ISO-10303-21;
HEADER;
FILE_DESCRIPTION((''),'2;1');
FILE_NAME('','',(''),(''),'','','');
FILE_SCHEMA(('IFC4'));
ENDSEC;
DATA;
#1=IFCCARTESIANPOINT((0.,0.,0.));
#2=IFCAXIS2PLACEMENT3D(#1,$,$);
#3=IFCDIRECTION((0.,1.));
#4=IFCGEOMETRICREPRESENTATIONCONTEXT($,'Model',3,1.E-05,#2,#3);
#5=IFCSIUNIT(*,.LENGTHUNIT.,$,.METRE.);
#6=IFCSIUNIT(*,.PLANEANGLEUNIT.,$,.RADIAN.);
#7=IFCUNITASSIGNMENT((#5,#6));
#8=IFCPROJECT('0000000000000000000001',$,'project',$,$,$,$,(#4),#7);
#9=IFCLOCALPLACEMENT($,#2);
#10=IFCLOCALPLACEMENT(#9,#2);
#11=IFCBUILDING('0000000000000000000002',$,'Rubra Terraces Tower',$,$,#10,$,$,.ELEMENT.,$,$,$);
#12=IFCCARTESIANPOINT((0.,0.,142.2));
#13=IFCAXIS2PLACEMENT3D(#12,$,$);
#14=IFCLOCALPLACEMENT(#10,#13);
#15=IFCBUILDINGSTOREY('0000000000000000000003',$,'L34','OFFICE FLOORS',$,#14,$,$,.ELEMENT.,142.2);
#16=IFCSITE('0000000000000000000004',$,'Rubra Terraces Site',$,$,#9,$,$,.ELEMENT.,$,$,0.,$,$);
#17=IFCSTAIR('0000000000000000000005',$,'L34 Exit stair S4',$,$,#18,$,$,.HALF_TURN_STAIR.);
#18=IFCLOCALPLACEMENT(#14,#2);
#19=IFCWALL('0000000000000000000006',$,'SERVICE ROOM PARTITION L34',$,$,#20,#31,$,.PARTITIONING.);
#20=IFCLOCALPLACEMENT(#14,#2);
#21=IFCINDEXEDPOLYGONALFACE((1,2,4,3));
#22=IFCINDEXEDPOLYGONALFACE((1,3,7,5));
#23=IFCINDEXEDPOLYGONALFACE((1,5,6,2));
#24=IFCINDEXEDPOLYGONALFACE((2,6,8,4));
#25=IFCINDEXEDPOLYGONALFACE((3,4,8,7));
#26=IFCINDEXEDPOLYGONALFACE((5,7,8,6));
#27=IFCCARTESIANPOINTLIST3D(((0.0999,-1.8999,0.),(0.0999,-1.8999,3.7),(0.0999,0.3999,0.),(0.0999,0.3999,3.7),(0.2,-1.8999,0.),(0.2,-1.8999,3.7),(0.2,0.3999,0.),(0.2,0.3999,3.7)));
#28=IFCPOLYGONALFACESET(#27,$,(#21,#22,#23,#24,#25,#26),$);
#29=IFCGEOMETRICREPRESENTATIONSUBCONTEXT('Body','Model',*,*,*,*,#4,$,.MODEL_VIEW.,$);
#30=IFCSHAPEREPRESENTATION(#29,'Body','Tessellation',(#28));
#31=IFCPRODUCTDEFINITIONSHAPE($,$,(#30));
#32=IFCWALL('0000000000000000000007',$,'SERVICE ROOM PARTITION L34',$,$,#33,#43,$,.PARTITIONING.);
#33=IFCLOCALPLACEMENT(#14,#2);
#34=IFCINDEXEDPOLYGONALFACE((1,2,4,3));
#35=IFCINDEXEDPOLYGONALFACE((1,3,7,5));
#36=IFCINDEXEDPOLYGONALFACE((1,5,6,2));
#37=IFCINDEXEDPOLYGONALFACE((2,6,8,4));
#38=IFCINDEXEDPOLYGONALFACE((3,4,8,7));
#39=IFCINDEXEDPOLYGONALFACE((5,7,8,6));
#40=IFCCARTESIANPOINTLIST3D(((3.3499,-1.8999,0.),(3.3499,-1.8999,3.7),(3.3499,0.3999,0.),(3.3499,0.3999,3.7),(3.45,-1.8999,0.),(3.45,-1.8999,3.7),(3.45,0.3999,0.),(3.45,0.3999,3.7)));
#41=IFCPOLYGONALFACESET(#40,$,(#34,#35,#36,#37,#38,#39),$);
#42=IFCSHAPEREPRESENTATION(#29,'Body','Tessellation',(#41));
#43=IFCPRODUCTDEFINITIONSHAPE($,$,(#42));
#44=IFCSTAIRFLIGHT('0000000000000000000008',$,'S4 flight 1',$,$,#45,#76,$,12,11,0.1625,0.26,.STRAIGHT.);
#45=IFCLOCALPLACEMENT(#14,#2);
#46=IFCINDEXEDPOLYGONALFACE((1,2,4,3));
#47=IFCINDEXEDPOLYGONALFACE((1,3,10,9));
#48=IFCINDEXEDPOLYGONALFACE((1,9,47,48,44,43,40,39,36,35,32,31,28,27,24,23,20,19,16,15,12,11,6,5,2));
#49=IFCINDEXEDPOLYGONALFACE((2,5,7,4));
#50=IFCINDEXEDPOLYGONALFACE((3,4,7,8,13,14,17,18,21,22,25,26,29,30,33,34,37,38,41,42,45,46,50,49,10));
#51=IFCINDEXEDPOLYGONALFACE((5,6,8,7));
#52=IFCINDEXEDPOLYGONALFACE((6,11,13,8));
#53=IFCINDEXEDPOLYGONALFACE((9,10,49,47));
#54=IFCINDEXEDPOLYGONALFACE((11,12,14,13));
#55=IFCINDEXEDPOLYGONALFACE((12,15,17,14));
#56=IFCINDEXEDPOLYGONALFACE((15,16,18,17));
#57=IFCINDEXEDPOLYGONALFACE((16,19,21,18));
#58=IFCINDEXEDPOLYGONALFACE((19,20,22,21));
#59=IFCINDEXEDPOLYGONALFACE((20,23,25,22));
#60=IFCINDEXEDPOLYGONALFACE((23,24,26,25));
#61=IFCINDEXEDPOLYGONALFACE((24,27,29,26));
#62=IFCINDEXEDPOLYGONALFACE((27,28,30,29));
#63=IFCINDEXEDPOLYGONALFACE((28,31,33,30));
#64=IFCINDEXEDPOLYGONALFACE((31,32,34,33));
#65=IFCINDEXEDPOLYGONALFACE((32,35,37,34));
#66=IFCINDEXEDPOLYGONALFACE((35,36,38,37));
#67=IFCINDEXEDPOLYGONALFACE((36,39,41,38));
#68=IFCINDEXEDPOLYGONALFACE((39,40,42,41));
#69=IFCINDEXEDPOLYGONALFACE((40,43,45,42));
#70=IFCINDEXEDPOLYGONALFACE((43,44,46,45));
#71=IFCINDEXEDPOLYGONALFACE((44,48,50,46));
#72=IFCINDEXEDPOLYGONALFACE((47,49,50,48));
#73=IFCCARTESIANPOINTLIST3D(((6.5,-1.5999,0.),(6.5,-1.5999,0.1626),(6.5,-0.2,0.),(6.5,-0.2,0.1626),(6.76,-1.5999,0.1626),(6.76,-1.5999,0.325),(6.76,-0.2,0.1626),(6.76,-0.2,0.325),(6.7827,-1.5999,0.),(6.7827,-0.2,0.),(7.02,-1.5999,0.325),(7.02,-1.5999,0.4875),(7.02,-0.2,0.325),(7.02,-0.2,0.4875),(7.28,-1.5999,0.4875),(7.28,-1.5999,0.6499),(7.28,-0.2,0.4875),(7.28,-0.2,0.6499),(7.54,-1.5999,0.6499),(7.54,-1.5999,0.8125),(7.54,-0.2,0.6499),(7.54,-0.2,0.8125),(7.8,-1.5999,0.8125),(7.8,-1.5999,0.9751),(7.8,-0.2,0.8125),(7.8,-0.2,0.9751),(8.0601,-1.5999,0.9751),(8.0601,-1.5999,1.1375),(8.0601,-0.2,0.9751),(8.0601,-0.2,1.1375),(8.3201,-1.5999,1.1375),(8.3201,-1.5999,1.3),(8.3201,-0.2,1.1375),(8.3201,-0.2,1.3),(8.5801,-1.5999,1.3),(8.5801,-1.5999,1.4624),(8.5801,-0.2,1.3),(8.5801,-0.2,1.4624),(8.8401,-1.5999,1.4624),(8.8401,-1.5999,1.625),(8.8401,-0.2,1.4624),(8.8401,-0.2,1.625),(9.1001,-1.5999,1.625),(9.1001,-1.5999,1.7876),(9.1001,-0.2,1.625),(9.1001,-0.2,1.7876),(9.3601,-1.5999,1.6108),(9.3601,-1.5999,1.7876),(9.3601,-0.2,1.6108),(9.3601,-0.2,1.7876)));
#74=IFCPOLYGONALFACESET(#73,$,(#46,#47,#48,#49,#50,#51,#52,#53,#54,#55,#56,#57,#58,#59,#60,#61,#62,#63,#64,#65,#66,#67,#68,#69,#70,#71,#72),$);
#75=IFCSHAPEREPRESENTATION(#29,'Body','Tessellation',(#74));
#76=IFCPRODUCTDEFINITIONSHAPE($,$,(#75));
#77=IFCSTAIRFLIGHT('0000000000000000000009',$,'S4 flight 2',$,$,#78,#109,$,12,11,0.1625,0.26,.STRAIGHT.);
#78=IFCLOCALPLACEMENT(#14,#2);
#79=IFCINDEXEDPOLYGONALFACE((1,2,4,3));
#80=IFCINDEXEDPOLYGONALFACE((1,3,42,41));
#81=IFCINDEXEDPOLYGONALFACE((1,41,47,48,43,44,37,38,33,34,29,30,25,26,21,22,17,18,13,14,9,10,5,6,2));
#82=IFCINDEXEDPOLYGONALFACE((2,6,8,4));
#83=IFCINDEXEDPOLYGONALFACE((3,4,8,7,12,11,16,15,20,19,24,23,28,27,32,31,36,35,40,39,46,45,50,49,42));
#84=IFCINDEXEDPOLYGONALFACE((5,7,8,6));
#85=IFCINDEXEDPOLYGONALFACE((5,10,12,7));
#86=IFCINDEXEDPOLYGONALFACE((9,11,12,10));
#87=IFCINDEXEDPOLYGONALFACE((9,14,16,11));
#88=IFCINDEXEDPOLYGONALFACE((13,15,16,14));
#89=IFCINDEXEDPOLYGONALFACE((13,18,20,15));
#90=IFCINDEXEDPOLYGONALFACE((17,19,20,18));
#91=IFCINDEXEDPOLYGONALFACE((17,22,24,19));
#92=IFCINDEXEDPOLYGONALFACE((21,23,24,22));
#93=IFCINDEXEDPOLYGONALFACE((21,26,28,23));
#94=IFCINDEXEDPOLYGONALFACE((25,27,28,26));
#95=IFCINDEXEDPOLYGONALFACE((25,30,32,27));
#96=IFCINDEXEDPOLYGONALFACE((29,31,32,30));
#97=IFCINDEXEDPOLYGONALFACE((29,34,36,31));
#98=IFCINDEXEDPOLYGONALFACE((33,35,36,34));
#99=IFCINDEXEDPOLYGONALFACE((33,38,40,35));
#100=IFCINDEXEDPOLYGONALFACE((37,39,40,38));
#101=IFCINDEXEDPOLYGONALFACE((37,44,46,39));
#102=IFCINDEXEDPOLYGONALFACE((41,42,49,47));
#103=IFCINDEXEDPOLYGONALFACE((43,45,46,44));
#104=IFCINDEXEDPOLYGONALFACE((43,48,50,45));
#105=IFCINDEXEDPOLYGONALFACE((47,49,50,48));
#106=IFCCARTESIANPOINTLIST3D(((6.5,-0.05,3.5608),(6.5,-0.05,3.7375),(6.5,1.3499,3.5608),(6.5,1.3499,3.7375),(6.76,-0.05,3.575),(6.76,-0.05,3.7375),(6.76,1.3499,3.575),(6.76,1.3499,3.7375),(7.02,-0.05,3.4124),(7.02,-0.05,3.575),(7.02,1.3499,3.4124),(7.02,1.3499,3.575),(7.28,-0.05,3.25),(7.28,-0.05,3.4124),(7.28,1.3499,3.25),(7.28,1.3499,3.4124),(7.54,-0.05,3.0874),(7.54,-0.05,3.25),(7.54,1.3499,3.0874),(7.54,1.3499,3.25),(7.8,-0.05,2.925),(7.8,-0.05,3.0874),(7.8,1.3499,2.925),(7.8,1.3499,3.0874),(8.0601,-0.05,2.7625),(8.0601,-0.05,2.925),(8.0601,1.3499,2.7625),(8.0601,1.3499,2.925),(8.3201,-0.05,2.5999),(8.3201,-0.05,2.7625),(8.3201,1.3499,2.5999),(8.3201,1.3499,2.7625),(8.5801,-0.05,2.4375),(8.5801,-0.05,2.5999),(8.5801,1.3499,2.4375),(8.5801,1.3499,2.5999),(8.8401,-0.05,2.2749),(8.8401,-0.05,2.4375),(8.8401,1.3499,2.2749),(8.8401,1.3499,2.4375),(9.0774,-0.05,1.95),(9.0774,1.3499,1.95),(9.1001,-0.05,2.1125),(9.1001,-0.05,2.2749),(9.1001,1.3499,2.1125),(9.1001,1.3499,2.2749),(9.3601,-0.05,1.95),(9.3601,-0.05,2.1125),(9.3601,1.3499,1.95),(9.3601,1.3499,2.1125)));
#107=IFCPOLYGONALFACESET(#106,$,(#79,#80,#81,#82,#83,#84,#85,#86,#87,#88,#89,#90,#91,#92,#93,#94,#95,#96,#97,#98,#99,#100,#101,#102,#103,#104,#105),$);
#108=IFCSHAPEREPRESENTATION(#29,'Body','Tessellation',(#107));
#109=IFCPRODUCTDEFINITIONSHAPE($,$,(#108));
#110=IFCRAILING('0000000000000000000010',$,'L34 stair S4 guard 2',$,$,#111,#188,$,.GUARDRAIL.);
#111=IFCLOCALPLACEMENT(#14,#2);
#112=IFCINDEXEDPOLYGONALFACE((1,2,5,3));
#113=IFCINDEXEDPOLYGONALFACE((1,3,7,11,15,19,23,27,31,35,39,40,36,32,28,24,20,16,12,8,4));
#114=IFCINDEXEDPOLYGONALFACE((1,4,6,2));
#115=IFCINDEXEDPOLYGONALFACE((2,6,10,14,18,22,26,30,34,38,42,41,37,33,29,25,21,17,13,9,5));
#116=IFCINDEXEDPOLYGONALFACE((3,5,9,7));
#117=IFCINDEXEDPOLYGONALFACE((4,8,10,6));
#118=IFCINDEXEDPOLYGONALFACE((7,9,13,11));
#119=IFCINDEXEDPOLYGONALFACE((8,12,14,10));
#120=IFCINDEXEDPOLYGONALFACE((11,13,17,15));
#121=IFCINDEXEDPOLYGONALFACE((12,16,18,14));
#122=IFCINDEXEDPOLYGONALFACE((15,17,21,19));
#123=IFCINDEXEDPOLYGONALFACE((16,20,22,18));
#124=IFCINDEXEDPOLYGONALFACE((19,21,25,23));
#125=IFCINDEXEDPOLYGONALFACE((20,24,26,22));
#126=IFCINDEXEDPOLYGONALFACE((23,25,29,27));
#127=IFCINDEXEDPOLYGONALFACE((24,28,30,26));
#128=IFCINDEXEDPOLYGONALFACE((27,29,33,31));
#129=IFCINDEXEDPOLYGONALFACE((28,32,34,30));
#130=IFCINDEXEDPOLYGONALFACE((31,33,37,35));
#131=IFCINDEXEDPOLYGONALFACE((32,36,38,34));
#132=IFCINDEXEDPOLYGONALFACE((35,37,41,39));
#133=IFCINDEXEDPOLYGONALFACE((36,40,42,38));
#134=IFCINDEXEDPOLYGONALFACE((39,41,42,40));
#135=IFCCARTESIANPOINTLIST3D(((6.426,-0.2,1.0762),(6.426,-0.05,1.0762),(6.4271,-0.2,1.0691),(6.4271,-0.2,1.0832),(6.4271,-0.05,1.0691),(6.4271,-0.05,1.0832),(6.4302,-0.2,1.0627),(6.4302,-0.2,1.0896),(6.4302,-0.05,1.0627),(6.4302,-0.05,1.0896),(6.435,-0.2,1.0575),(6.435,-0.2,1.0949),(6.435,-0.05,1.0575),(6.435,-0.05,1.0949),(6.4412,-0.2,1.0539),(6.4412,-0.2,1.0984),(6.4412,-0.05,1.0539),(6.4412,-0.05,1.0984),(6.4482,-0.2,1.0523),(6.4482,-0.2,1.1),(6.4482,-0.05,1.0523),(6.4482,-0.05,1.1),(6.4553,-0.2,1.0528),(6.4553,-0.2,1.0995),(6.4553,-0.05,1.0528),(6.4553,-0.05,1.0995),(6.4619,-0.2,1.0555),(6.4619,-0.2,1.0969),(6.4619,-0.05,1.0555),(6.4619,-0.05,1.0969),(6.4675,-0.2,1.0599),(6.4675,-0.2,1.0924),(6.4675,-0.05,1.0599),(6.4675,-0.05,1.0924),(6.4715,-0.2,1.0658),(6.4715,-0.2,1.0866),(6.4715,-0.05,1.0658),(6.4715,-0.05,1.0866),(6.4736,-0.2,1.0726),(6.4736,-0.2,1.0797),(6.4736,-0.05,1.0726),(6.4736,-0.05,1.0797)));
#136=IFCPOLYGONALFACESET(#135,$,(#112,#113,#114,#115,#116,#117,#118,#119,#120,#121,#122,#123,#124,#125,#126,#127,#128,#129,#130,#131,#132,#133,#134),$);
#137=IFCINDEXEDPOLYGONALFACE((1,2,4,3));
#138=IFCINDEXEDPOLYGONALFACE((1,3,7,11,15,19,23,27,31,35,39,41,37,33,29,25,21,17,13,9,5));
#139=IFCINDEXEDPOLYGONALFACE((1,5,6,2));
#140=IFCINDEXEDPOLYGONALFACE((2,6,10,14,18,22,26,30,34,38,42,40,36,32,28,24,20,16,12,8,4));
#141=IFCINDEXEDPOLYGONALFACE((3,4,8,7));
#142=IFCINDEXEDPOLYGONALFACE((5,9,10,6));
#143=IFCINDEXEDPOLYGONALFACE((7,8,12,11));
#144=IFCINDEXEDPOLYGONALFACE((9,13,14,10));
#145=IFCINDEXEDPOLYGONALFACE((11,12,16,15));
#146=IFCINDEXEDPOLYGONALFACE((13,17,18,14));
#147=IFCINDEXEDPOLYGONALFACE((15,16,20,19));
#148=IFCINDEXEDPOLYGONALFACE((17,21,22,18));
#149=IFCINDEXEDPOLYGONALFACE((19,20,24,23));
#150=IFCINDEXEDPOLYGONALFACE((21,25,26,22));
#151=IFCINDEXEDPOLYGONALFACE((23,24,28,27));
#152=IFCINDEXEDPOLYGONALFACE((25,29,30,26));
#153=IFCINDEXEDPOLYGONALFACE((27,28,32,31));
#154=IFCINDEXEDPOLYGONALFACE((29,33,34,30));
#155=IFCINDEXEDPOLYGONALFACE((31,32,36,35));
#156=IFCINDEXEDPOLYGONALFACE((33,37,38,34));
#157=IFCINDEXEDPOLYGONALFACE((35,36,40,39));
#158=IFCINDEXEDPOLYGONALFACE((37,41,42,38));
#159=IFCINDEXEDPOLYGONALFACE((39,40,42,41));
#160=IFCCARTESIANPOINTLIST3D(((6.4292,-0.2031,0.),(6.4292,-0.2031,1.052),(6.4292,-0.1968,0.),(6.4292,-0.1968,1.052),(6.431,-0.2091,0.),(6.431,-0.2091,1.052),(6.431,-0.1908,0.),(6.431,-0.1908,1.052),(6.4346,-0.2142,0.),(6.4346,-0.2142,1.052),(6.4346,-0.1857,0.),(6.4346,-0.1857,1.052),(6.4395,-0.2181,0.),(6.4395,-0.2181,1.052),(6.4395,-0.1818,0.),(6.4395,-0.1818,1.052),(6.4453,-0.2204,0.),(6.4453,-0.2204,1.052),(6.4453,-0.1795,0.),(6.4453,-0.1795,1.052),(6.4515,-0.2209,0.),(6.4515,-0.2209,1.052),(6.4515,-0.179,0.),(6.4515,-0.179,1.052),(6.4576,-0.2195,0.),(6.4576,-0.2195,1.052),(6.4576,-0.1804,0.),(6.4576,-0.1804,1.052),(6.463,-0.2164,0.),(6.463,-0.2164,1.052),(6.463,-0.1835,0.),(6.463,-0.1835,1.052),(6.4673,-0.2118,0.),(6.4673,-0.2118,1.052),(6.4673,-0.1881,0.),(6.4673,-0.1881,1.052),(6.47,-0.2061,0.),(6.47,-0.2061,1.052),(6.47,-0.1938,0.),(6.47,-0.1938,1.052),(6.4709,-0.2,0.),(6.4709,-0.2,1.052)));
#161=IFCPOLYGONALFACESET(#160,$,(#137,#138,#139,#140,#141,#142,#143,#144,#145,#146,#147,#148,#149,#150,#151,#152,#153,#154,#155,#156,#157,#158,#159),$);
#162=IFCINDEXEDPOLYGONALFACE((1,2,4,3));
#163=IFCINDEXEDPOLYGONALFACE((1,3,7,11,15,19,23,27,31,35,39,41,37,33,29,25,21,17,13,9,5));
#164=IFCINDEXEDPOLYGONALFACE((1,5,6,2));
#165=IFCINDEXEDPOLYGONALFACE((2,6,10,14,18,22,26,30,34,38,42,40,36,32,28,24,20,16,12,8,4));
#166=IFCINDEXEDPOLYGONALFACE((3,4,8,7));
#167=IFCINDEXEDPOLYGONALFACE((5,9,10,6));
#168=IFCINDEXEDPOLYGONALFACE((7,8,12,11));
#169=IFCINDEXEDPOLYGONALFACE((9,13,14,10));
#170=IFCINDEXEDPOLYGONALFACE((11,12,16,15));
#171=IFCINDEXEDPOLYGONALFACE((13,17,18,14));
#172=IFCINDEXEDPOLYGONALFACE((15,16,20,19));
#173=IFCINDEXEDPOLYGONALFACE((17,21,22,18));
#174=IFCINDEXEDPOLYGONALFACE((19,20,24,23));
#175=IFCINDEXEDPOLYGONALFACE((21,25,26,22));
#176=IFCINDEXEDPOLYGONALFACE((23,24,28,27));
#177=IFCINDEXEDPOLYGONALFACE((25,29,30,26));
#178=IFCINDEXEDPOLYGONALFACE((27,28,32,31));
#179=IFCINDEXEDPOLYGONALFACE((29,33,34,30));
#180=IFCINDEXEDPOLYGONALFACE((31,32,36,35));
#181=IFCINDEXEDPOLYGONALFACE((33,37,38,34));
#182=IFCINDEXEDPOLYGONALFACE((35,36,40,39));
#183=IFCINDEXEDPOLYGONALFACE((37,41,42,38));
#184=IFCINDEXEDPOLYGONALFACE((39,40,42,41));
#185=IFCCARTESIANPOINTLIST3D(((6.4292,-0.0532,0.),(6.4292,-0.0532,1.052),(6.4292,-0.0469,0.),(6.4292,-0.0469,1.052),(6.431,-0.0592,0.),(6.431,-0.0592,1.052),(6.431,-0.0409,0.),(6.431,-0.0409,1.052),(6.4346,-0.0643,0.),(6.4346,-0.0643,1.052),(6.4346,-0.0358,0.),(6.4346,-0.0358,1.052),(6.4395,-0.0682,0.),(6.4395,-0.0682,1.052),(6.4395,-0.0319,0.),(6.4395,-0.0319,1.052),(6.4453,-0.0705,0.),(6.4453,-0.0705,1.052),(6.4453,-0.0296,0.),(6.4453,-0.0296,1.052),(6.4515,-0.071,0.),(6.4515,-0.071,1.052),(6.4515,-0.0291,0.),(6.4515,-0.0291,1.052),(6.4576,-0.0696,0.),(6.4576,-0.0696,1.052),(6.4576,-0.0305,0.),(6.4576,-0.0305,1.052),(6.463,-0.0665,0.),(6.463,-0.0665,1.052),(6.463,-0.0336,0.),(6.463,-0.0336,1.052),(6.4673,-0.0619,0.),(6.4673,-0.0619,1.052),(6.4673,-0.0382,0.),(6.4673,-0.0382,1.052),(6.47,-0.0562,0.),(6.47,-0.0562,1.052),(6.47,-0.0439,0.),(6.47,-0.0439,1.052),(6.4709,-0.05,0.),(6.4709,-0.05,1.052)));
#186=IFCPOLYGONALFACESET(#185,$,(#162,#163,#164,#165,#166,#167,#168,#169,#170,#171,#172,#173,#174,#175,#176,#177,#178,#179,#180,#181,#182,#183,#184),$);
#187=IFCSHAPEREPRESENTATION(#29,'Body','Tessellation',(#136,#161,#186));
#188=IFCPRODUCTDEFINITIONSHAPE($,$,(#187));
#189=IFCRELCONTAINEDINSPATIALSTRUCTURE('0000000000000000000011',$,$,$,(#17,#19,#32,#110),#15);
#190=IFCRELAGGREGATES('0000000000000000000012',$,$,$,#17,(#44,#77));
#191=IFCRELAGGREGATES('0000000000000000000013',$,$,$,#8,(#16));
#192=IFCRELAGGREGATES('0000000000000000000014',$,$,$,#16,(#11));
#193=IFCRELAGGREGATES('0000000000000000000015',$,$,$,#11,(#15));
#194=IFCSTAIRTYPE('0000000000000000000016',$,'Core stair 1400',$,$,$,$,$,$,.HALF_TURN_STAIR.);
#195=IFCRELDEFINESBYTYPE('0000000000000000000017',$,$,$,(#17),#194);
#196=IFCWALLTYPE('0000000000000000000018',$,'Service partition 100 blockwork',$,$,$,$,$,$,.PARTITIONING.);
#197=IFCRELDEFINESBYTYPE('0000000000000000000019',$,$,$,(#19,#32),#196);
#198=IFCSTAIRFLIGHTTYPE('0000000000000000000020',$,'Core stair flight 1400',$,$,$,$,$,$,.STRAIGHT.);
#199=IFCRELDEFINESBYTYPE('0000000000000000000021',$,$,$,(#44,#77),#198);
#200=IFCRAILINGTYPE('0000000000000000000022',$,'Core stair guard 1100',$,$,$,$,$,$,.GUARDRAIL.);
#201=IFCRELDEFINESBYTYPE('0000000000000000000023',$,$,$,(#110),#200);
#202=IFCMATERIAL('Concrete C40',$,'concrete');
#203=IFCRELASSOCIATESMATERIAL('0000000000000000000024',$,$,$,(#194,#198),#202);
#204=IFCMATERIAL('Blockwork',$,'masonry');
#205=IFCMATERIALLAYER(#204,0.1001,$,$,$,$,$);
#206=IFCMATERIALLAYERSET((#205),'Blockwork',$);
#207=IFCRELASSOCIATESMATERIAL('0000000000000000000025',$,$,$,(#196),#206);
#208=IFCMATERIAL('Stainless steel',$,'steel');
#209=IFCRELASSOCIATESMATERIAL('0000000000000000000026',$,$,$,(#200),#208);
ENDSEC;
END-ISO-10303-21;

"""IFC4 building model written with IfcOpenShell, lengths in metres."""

from ifc_helpers import new_model, si_unit, direction, frame, frame_2d, origin, origin_2d, place, context, subcontext, project, spatial, polyline, rectangle, circle, outline, extrude, material, layer, layer_set, type_object, element, aggregate, save


model = new_model("IFC4")

# Units and contexts
model_context = context("Model", 3, precision=1e-05, world=origin(), true_north=direction((0.0, 1.0)))
body_context = subcontext(model_context, "Body", "Model", "MODEL_VIEW")
ifc_project = project(units=[si_unit("LENGTHUNIT", "METRE"), si_unit("PLANEANGLEUNIT", "RADIAN")], contexts=[model_context])

# Site, building, storey
site_placement = place(None, origin())
site = spatial("IfcSite", under=ifc_project, at=site_placement, Name="Rubra Terraces Site", CompositionType="ELEMENT", RefElevation=0.0)
building_placement = place(site_placement, origin())
building = spatial("IfcBuilding", under=site, at=building_placement, Name="Rubra Terraces Tower", CompositionType="ELEMENT")
storey_placement = place(building_placement, frame((0.0, 0.0, 142.2)))
storey = spatial("IfcBuildingStorey", under=building, at=storey_placement, Name="L34", Description="OFFICE FLOORS", CompositionType="ELEMENT", Elevation=142.2)

# Stair
ifc_material_1 = material(Name="Concrete C40", Category="concrete")
stair_type = type_object("IfcStairType", Name="Core stair 1400", PredefinedType="HALF_TURN_STAIR", material=ifc_material_1)
stair_1_placement = place(storey_placement, origin())
stair_1 = element("IfcStair", 1, at=stair_1_placement, inside=storey, type_object=stair_type, Name="L34 Exit stair S4", PredefinedType="HALF_TURN_STAIR")

# Walls
ifc_material_2 = material(Name="Blockwork", Category="masonry")
ifc_layer_1 = layer(ifc_material_2, 0.1001)
ifc_layer_set_1 = layer_set([ifc_layer_1], Name="Blockwork")
wall_type_1 = type_object("IfcWallType", Name="Service partition 100 blockwork", PredefinedType="PARTITIONING", material=ifc_layer_set_1)
for number, where, z_axis, x_axis, name in (
    (2, (0.1499, -1.8999, 0.0), (0.0, 0.0, 1.0), (0.0, 1.0, 0.0), "SERVICE ROOM PARTITION L34"),
    (3, (3.3999, -1.8999, 0.0), (0.0, 0.0, 1.0), (0.0, 1.0, 0.0), "SERVICE ROOM PARTITION L34"),
):
    element("IfcWall", number, at=place(storey_placement, frame(where, z_axis=z_axis, x_axis=x_axis)), inside=storey, type_object=wall_type_1, Name=name, PredefinedType="PARTITIONING", context=body_context, shape_type="SweptSolid", body=[
        extrude(rectangle(XDim=2.2998, YDim=0.1001, at=frame_2d((1.1499, 0.0))), origin(), (0.0, 0.0, 1.0), 3.7),
    ])

# Stair flights
stair_flight_type = type_object("IfcStairFlightType", Name="Core stair flight 1400", PredefinedType="STRAIGHT", material=ifc_material_1)
stair_flight_1_placement = place(storey_placement, frame((6.5, -0.8999, 0.0), z_axis=(0.0, 0.0, 1.0), x_axis=(1.0, 0.0, 0.0)))
stair_flight_1 = element("IfcStairFlight", 4, at=stair_flight_1_placement, type_object=stair_flight_type, Name="S4 flight 1", NumberOfRisers=12, NumberOfTreads=11, PredefinedType="STRAIGHT", RiserHeight=0.1625, TreadLength=0.26, context=body_context, shape_type="SweptSolid", body=[
    extrude(outline(polyline([(0.0, 0.0), (0.0, 0.1626), (0.26, 0.1626), (0.26, 0.325), (0.52, 0.325), (0.52, 0.4875), (0.78, 0.4875), (0.78, 0.6499), (1.04, 0.6499), (1.04, 0.8125), (1.3, 0.8125), (1.3, 0.9751), (1.5601, 0.9751), (1.5601, 1.1375), (1.8201, 1.1375), (1.8201, 1.3), (2.0801, 1.3), (2.0801, 1.4624), (2.3401, 1.4624), (2.3401, 1.625), (2.6001, 1.625), (2.6001, 1.7876), (2.8601, 1.7876), (2.8601, 1.95), (2.8601, 1.6108), (0.2827, 0.0), (0.0, 0.0)])), frame((0.0, 0.7, 0.0), z_axis=(0.0, -1.0, 0.0), x_axis=(1.0, 0.0, 0.0)), (0.0, 0.0, 1.0), 1.3999),
])
stair_flight_2_placement = place(storey_placement, frame((9.3601, 0.6499, 1.95), z_axis=(0.0, 0.0, 1.0), x_axis=(-1.0, 0.0, 0.0)))
stair_flight_2 = element("IfcStairFlight", 5, at=stair_flight_2_placement, type_object=stair_flight_type, Name="S4 flight 2", NumberOfRisers=12, NumberOfTreads=11, PredefinedType="STRAIGHT", RiserHeight=0.1625, TreadLength=0.26, context=body_context, shape_type="SweptSolid", body=[
    extrude(outline(polyline([(0.0, 0.0), (0.0, 0.1626), (0.26, 0.1626), (0.26, 0.325), (0.52, 0.325), (0.52, 0.4875), (0.78, 0.4875), (0.78, 0.6499), (1.04, 0.6499), (1.04, 0.8125), (1.3, 0.8125), (1.3, 0.9751), (1.5601, 0.9751), (1.5601, 1.1375), (1.8201, 1.1375), (1.8201, 1.3), (2.0801, 1.3), (2.0801, 1.4624), (2.3401, 1.4624), (2.3401, 1.625), (2.6001, 1.625), (2.6001, 1.7876), (2.8601, 1.7876), (2.8601, 1.95), (2.8601, 1.6108), (0.2827, 0.0), (0.0, 0.0)])), frame((0.0, 0.7, 0.0), z_axis=(0.0, -1.0, 0.0), x_axis=(1.0, 0.0, 0.0)), (0.0, 0.0, 1.0), 1.3999),
])
aggregate(stair_1, [stair_flight_1, stair_flight_2])

# Railing
ifc_material_3 = material(Name="Stainless steel", Category="steel")
railing_type_1 = type_object("IfcRailingType", Name="Core stair guard 1100", PredefinedType="GUARDRAIL", material=ifc_material_3)
railing_1_placement = place(storey_placement, frame((6.45, -0.2, 0.0)))
element("IfcRailing", 6, at=railing_1_placement, inside=storey, type_object=railing_type_1, Name="L34 stair S4 guard 2", PredefinedType="GUARDRAIL", context=body_context, shape_type="SweptSolid", body=[
    extrude(circle(Radius=0.0239, at=origin_2d()), frame((0.0, 0.0, 1.0762), z_axis=(0.0, 1.0, 0.0), x_axis=(-1.0, 0.0, 0.0)), (0.0, 0.0, 1.0), 0.1499),
    extrude(circle(Radius=0.021, at=origin_2d()), origin(), (0.0, 0.0, 1.0), 1.052),
    extrude(circle(Radius=0.021, at=origin_2d()), frame((0.0, 0.1499, 0.0)), (0.0, 0.0, 1.0), 1.052),
])

save(model, "model.ifc")
